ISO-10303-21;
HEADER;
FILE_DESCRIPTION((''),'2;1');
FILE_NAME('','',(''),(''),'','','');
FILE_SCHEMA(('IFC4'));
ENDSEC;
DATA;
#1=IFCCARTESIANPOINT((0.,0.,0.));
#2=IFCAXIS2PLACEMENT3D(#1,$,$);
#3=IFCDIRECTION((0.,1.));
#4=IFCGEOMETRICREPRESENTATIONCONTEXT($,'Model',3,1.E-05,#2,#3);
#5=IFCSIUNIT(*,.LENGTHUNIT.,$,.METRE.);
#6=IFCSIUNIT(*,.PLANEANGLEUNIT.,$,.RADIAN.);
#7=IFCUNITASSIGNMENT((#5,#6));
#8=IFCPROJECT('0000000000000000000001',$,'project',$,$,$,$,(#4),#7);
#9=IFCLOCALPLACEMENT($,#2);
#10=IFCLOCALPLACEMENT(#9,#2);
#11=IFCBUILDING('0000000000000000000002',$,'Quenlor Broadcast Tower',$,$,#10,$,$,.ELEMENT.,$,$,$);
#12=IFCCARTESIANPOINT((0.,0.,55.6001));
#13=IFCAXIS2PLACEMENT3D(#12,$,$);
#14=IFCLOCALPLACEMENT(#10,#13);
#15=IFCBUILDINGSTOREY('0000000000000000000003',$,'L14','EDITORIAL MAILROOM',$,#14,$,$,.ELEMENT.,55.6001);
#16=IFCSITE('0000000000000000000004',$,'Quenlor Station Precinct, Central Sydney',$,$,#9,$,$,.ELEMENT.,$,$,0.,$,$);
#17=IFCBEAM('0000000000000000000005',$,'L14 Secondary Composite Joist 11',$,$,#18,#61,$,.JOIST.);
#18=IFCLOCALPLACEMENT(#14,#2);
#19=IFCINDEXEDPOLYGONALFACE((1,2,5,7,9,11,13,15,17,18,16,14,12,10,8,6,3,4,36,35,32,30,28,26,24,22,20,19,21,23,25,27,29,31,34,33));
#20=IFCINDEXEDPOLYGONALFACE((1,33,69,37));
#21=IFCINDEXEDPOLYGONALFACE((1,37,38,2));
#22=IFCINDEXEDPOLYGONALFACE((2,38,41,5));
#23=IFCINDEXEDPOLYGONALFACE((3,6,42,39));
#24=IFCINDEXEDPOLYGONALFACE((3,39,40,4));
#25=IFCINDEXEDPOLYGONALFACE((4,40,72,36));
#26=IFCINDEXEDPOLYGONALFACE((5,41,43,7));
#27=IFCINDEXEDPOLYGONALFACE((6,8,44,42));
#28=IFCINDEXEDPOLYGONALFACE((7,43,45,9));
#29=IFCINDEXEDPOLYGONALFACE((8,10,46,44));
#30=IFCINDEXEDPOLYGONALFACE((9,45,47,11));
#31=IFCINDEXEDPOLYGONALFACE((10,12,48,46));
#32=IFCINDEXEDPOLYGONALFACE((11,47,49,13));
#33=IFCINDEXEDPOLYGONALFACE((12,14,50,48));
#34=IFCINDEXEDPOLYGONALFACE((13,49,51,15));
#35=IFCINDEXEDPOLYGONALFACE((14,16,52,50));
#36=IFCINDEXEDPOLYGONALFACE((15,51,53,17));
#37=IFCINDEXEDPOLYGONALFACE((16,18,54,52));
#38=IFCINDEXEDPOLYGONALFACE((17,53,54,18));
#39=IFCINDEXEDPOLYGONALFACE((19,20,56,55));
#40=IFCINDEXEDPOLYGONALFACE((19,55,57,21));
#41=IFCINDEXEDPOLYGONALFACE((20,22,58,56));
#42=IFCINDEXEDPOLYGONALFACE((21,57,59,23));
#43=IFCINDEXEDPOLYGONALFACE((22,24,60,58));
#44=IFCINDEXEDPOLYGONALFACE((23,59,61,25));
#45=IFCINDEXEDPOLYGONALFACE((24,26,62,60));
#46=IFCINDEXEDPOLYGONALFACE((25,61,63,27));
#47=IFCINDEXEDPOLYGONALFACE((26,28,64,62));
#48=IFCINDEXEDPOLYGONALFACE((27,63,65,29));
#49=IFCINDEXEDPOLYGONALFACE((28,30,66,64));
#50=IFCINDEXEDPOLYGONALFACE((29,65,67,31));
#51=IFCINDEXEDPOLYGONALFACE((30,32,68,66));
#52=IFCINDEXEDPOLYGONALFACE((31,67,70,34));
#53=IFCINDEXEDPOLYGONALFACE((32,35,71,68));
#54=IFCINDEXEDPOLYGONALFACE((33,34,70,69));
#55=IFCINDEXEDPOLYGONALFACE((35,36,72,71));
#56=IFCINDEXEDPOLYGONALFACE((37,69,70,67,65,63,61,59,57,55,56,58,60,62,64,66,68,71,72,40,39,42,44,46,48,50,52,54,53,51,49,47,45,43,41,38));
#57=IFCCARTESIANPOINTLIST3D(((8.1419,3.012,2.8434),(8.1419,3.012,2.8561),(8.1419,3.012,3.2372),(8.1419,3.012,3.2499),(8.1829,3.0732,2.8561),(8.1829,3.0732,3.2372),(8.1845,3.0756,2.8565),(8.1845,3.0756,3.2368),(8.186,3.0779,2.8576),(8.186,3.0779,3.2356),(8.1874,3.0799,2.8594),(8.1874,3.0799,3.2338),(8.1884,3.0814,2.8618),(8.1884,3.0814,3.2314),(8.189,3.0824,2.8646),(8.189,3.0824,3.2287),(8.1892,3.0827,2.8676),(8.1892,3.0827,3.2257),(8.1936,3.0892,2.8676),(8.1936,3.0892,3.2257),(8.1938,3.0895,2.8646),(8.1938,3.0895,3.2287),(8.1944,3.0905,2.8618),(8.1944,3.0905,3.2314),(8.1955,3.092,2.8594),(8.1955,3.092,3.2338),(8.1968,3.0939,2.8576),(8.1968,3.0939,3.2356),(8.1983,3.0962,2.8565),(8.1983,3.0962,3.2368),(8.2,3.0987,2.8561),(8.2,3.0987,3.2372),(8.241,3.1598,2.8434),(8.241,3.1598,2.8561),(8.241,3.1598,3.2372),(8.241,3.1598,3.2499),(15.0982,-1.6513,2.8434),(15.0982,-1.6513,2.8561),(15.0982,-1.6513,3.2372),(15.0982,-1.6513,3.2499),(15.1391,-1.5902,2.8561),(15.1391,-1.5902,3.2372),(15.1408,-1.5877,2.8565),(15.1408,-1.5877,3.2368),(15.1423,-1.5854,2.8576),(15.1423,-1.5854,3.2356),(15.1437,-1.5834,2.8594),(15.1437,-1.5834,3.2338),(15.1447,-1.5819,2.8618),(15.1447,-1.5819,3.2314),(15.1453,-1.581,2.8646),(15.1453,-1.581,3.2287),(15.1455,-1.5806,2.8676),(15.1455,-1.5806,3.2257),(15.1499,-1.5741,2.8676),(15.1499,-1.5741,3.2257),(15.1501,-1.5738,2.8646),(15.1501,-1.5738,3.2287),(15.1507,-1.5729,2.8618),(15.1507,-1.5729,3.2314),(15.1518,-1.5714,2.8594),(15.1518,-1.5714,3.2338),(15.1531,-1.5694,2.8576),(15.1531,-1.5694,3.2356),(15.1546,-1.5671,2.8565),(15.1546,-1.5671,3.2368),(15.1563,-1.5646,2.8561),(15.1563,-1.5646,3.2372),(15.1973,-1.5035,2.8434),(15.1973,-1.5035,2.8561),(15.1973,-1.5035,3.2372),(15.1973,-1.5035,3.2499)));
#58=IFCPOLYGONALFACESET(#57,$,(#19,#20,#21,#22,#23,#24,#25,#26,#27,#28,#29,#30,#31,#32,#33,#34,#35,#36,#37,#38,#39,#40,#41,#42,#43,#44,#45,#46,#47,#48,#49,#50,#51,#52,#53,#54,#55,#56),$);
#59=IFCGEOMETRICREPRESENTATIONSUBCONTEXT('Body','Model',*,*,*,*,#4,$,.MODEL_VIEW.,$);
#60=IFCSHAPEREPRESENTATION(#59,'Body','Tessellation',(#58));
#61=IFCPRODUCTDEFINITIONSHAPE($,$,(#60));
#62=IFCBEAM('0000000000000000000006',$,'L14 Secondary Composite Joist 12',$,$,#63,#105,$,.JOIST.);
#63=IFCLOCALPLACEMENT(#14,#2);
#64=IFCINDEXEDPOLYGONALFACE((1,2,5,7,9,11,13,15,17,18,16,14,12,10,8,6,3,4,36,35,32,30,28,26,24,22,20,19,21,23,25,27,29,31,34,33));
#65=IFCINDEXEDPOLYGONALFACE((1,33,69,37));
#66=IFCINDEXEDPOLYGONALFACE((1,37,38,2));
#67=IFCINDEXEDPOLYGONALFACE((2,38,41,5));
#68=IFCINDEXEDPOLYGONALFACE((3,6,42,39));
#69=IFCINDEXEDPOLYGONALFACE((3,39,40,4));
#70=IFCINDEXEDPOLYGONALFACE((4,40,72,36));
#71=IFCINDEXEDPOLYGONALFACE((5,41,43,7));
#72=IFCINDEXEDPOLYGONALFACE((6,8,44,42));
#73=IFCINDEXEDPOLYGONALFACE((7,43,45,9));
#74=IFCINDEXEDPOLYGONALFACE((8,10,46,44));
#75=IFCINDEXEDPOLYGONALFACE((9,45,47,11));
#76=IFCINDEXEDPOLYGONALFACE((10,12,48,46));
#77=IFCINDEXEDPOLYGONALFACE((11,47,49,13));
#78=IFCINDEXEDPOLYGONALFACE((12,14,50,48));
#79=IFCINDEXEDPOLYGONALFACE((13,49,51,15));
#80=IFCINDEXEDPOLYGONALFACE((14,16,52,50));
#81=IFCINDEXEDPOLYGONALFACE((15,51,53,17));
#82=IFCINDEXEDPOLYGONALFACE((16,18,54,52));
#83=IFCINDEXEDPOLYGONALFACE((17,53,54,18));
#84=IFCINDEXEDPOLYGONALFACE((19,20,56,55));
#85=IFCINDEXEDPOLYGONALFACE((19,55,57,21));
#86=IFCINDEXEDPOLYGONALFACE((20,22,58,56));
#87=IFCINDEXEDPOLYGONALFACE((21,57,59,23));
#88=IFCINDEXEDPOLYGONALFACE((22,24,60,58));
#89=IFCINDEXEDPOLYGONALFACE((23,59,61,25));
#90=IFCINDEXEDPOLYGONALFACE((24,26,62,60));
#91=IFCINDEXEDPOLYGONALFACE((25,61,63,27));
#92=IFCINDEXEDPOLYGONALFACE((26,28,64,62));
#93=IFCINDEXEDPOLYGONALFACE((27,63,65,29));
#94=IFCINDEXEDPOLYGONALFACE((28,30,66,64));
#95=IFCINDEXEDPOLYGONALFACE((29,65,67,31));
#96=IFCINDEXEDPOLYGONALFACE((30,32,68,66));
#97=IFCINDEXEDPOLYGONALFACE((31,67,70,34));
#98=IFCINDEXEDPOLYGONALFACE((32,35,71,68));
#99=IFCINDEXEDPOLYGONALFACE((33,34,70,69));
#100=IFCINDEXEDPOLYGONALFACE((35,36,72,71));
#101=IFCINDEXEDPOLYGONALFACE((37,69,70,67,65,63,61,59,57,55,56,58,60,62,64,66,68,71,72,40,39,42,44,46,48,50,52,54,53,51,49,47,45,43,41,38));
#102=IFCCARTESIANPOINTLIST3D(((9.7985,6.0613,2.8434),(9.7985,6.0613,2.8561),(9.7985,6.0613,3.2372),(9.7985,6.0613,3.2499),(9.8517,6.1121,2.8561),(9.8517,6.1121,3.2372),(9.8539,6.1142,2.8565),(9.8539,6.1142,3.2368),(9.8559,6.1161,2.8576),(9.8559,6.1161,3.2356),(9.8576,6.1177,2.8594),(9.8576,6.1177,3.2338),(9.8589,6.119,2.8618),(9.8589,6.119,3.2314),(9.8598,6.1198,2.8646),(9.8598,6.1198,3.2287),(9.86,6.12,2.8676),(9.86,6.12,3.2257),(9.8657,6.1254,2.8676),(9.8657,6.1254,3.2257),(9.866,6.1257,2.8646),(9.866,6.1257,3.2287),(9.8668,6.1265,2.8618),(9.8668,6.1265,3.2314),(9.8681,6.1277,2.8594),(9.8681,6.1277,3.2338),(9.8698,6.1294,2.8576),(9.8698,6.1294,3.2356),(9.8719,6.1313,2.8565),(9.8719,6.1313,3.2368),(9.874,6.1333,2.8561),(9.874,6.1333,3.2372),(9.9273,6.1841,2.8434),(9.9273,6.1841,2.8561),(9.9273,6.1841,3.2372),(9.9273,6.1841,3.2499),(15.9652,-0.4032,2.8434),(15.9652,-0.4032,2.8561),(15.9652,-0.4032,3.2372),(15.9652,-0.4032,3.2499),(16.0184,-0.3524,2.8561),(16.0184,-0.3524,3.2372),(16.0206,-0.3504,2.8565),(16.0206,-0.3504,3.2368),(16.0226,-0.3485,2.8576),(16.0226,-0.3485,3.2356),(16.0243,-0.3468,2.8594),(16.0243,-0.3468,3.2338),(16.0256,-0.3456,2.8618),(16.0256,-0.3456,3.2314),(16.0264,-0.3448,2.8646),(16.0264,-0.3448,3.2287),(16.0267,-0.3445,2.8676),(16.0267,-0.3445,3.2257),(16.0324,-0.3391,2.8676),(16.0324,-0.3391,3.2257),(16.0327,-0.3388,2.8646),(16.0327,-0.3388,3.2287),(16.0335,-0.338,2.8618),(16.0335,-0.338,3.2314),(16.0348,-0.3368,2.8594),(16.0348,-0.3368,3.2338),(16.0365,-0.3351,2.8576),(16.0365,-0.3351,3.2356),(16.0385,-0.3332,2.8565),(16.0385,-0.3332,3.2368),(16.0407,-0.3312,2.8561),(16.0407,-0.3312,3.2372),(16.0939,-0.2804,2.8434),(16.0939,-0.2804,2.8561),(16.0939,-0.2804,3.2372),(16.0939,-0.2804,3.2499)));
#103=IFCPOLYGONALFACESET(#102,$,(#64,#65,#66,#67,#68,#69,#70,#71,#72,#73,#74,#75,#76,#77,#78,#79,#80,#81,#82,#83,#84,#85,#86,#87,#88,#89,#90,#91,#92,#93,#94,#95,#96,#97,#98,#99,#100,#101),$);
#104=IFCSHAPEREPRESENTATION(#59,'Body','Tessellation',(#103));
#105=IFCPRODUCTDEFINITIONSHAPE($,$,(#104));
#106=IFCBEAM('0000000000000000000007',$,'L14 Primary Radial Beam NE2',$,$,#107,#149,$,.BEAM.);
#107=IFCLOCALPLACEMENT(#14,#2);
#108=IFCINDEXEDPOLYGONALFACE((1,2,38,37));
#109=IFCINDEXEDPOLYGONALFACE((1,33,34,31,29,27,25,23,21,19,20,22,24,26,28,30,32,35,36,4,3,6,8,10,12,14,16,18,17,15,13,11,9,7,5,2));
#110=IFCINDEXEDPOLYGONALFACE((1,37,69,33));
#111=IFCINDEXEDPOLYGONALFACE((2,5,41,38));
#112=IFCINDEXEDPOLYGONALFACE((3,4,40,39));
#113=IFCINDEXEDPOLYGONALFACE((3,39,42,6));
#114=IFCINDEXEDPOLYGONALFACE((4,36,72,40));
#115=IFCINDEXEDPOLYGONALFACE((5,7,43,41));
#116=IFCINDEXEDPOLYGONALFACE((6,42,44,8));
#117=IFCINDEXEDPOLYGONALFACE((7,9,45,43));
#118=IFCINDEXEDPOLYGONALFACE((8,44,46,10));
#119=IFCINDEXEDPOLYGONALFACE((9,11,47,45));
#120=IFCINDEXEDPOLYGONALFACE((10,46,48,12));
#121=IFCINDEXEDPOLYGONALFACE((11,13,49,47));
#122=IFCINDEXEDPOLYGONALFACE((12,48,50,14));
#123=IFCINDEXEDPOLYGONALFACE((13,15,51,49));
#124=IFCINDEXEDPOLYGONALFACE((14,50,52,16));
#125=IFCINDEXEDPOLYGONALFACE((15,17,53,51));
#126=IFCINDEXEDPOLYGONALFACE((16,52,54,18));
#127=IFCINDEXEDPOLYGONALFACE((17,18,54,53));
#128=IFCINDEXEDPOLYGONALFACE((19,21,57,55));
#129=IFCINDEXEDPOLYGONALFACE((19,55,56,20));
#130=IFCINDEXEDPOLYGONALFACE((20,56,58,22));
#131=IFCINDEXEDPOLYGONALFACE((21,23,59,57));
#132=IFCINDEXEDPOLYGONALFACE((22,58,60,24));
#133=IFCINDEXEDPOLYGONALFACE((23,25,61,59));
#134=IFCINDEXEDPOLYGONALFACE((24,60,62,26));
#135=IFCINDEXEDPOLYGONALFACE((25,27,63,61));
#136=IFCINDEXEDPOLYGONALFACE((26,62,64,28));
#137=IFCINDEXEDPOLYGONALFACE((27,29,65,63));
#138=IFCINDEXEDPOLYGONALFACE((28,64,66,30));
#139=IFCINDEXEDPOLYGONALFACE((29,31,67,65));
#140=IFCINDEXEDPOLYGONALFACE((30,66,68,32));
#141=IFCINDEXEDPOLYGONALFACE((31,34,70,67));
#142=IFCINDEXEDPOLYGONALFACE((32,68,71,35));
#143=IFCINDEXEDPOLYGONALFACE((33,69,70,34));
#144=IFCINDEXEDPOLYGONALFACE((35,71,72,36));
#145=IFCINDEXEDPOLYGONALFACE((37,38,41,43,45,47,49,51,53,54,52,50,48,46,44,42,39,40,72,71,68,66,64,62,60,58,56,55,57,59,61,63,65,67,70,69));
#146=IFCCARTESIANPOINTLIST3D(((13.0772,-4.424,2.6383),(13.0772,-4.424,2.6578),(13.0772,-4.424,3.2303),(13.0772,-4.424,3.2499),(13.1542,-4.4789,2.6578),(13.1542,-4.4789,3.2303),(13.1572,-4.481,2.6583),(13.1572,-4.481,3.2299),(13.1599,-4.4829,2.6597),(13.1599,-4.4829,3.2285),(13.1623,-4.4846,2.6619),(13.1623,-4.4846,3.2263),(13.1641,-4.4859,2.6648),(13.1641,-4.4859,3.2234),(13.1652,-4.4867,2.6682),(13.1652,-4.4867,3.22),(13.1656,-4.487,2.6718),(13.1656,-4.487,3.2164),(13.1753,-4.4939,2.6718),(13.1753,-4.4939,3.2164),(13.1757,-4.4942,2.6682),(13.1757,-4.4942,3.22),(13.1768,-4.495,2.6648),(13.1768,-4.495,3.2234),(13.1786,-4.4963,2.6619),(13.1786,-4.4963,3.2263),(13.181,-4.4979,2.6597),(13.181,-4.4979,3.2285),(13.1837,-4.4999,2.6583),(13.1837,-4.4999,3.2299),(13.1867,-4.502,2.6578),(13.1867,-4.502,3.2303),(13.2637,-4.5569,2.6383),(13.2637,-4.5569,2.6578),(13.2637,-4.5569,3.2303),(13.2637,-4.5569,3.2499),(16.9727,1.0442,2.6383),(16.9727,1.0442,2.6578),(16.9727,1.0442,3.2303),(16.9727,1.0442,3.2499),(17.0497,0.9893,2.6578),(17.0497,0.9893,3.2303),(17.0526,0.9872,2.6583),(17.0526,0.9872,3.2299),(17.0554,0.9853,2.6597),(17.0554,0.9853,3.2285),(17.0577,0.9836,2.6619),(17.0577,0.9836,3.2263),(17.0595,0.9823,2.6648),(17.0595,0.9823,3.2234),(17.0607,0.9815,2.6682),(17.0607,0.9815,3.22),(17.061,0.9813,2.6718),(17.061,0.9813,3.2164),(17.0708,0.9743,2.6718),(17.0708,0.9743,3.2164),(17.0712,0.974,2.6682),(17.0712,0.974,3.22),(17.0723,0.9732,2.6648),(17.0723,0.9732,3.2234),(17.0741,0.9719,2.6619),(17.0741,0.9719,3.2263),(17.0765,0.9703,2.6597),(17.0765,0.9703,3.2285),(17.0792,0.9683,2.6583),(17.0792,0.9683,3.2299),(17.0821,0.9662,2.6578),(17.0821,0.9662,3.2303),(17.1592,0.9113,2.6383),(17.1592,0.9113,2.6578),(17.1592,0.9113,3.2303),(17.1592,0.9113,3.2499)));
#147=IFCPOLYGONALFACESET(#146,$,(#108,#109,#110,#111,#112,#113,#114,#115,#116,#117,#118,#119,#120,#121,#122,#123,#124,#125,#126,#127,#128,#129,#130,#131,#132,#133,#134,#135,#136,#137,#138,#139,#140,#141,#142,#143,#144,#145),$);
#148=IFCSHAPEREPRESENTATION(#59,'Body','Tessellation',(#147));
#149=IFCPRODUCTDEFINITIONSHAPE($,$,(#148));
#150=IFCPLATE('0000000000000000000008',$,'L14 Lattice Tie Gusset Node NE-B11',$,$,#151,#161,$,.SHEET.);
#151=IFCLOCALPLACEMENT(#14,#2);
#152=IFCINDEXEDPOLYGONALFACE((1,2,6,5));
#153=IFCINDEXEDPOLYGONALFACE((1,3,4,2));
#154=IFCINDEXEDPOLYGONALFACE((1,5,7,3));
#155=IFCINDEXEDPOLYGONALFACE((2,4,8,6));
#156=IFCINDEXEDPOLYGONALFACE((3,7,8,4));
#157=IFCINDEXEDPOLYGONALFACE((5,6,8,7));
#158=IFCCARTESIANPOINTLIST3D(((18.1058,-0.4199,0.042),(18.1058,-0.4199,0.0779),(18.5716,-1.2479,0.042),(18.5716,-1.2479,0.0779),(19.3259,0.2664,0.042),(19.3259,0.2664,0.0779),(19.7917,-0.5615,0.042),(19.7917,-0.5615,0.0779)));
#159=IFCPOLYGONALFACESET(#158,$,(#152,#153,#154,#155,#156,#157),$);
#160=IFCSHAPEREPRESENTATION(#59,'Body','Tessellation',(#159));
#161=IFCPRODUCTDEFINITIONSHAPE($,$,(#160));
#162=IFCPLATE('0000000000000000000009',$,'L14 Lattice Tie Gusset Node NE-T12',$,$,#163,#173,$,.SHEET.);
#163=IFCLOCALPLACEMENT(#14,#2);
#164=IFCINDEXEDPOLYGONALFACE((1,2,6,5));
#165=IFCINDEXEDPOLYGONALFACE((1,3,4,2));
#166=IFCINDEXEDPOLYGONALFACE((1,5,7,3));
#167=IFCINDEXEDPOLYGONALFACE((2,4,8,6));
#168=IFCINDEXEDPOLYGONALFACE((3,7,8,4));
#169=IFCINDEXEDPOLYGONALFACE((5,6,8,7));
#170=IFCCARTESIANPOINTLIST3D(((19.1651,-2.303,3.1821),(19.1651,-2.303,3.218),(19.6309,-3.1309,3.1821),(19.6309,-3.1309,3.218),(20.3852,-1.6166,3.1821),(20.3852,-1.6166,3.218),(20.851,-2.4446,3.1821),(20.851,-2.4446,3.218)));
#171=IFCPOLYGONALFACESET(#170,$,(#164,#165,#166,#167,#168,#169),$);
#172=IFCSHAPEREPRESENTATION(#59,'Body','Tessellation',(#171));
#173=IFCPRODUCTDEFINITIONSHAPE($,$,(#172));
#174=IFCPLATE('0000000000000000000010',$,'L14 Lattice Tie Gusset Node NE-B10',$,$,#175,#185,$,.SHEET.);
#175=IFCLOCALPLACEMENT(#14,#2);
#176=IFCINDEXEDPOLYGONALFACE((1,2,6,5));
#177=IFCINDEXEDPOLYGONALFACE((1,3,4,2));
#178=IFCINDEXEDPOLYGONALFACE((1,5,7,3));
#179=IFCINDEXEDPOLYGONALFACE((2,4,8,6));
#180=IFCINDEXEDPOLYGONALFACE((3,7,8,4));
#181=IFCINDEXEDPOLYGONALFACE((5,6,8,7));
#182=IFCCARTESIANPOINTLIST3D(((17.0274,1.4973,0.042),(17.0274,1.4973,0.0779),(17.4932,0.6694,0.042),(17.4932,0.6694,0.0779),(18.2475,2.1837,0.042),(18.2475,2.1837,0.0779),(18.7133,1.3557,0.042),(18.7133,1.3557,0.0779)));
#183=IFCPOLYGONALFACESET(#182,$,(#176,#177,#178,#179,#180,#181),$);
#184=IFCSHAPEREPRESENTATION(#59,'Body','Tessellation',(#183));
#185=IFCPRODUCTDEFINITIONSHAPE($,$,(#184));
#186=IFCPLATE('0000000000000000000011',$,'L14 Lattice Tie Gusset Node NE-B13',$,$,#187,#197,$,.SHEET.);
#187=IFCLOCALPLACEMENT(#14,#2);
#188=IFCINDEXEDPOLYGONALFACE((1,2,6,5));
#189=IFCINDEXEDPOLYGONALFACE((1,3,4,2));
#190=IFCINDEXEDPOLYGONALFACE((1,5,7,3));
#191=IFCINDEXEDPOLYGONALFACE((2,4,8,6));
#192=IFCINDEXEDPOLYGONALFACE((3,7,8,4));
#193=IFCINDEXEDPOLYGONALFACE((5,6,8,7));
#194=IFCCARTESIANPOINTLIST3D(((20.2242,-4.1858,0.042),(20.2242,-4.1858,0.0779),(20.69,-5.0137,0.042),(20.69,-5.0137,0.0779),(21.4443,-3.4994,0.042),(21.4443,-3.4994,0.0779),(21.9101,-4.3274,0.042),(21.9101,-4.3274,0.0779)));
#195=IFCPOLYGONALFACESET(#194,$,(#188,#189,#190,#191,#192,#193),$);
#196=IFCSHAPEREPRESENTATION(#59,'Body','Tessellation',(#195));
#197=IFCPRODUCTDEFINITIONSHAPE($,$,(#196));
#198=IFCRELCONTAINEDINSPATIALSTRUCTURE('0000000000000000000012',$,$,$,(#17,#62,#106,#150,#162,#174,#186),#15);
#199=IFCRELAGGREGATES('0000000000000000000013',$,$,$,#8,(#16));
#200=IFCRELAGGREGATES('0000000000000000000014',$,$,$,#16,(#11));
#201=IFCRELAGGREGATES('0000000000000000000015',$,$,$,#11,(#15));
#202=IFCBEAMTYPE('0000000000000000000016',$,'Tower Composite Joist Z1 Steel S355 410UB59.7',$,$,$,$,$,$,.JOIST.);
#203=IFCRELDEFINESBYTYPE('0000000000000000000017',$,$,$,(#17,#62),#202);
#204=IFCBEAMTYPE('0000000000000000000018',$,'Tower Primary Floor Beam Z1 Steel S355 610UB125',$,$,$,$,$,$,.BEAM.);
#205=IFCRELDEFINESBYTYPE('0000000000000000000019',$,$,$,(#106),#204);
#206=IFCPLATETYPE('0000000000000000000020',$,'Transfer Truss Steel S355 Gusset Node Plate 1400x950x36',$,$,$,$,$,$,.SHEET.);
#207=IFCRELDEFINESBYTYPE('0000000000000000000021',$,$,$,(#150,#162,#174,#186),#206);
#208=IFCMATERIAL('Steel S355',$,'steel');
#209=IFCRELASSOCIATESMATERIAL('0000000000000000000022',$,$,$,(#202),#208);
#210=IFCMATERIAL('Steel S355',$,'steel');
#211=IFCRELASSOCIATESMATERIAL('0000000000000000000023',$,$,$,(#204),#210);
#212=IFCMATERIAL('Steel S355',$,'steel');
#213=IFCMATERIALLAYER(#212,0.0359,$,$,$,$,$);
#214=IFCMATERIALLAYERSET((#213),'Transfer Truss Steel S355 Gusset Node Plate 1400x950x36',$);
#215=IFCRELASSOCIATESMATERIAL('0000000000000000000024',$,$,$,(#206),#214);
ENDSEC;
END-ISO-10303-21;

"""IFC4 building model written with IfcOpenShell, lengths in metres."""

from ifc_helpers import new_model, si_unit, direction, frame, origin, origin_2d, place, context, subcontext, project, spatial, rectangle, i_section, extrude, material, layer, layer_set, material_profile, profile_set, type_object, element, save


model = new_model("IFC4")

# Units and contexts
model_context = context("Model", 3, precision=1e-05, world=origin(), true_north=direction((0.0, 1.0)))
body_context = subcontext(model_context, "Body", "Model", "MODEL_VIEW")
ifc_project = project(units=[si_unit("LENGTHUNIT", "METRE"), si_unit("PLANEANGLEUNIT", "RADIAN")], contexts=[model_context])

# Site, building, storey
site_placement = place(None, origin())
site = spatial("IfcSite", under=ifc_project, at=site_placement, Name="Quenlor Station Precinct, Central Sydney", CompositionType="ELEMENT", RefElevation=0.0)
building_placement = place(site_placement, origin())
building = spatial("IfcBuilding", under=site, at=building_placement, Name="Quenlor Broadcast Tower", CompositionType="ELEMENT")
storey_placement = place(building_placement, frame((0.0, 0.0, 55.6001)))
storey = spatial("IfcBuildingStorey", under=building, at=storey_placement, Name="L14", Description="EDITORIAL MAILROOM", CompositionType="ELEMENT", Elevation=55.6001)

# Beams
ifc_material_1 = material(Name="Steel S355", Category="steel")
ifc_material_profile_1 = material_profile(ifc_material_1, i_section(OverallWidth=0.178, OverallDepth=0.4065, WebThickness=0.0078, FlangeThickness=0.0127, FilletRadius=0.0115, at=origin_2d()))
ifc_profile_set_1 = profile_set([ifc_material_profile_1], Name="Steel S355 410UB59.7")
beam_type_1 = type_object("IfcBeamType", Name="Tower Composite Joist Z1 Steel S355 410UB59.7", PredefinedType="JOIST", material=ifc_profile_set_1)
beam_1_placement = place(storey_placement, frame((15.1477, -1.5774, 3.0466), z_axis=(-0.830626, 0.556831, 0.0), x_axis=(-0.556831, -0.830626, 0.0)))
element("IfcBeam", 1, at=beam_1_placement, inside=storey, type_object=beam_type_1, Name="L14 Secondary Composite Joist 11", PredefinedType="JOIST", context=body_context, shape_type="SweptSolid", body=[
    extrude(i_section(OverallWidth=0.178, OverallDepth=0.4065, WebThickness=0.0078, FlangeThickness=0.0127, FilletRadius=0.0115, at=origin_2d()), origin(), (0.0, 0.0, 1.0), 8.3748),
])
beam_2_placement = place(storey_placement, frame((16.0295, -0.3418, 3.0466), z_axis=(-0.690241, 0.723579, 0.0), x_axis=(-0.723579, -0.690241, 0.0)))
element("IfcBeam", 2, at=beam_2_placement, inside=storey, type_object=beam_type_1, Name="L14 Secondary Composite Joist 12", PredefinedType="JOIST", context=body_context, shape_type="SweptSolid", body=[
    extrude(i_section(OverallWidth=0.178, OverallDepth=0.4065, WebThickness=0.0078, FlangeThickness=0.0127, FilletRadius=0.0115, at=origin_2d()), origin(), (0.0, 0.0, 1.0), 8.9341),
])
ifc_material_2 = material(Name="Steel S355", Category="steel")
ifc_material_profile_2 = material_profile(ifc_material_2, i_section(OverallWidth=0.229, OverallDepth=0.6116, WebThickness=0.012, FlangeThickness=0.0195, FilletRadius=0.0139, at=origin_2d()))
ifc_profile_set_2 = profile_set([ifc_material_profile_2], Name="Steel S355 610UB125")
beam_type_2 = type_object("IfcBeamType", Name="Tower Primary Floor Beam Z1 Steel S355 610UB125", PredefinedType="BEAM", material=ifc_profile_set_2)
beam_3_placement = place(storey_placement, frame((17.0659, 0.9778, 2.9441), z_axis=(-0.580213, -0.814465, 0.0), x_axis=(0.814465, -0.580213, 0.0)))
element("IfcBeam", 3, at=beam_3_placement, inside=storey, type_object=beam_type_2, Name="L14 Primary Radial Beam NE2", PredefinedType="BEAM", context=body_context, shape_type="SweptSolid", body=[
    extrude(i_section(OverallWidth=0.229, OverallDepth=0.6116, WebThickness=0.012, FlangeThickness=0.0195, FilletRadius=0.0139, at=origin_2d()), origin(), (0.0, 0.0, 1.0), 6.7139),
])

# Plates
ifc_material_3 = material(Name="Steel S355", Category="steel")
ifc_layer_1 = layer(ifc_material_3, 0.0359)
ifc_layer_set_1 = layer_set([ifc_layer_1], Name="Transfer Truss Steel S355 Gusset Node Plate 1400x950x36")
plate_type = type_object("IfcPlateType", Name="Transfer Truss Steel S355 Gusset Node Plate 1400x950x36", PredefinedType="SHEET", material=ifc_layer_set_1)
for number, where, z_axis, x_axis, name in (
    (4, (18.9487, -0.4907, 0.042), (0.0, 0.0, 1.0), (0.871556, 0.490295, 0.0), "L14 Lattice Tie Gusset Node NE-B11"),
    (5, (20.0081, -2.3738, 3.1821), (0.0, 0.0, 1.0), (0.871556, 0.490295, 0.0), "L14 Lattice Tie Gusset Node NE-T12"),
    (6, (17.8704, 1.4265, 0.042), (0.0, 0.0, 1.0), (0.871556, 0.490295, 0.0), "L14 Lattice Tie Gusset Node NE-B10"),
    (7, (21.0671, -4.2566, 0.042), (0.0, 0.0, 1.0), (0.871556, 0.490295, 0.0), "L14 Lattice Tie Gusset Node NE-B13"),
):
    element("IfcPlate", number, at=place(storey_placement, frame(where, z_axis=z_axis, x_axis=x_axis)), inside=storey, type_object=plate_type, Name=name, PredefinedType="SHEET", context=body_context, shape_type="SweptSolid", body=[
        extrude(rectangle(XDim=1.3999, YDim=0.95, at=origin_2d()), origin(), (0.0, 0.0, 1.0), 0.0359),
    ])

save(model, "model.ifc")
